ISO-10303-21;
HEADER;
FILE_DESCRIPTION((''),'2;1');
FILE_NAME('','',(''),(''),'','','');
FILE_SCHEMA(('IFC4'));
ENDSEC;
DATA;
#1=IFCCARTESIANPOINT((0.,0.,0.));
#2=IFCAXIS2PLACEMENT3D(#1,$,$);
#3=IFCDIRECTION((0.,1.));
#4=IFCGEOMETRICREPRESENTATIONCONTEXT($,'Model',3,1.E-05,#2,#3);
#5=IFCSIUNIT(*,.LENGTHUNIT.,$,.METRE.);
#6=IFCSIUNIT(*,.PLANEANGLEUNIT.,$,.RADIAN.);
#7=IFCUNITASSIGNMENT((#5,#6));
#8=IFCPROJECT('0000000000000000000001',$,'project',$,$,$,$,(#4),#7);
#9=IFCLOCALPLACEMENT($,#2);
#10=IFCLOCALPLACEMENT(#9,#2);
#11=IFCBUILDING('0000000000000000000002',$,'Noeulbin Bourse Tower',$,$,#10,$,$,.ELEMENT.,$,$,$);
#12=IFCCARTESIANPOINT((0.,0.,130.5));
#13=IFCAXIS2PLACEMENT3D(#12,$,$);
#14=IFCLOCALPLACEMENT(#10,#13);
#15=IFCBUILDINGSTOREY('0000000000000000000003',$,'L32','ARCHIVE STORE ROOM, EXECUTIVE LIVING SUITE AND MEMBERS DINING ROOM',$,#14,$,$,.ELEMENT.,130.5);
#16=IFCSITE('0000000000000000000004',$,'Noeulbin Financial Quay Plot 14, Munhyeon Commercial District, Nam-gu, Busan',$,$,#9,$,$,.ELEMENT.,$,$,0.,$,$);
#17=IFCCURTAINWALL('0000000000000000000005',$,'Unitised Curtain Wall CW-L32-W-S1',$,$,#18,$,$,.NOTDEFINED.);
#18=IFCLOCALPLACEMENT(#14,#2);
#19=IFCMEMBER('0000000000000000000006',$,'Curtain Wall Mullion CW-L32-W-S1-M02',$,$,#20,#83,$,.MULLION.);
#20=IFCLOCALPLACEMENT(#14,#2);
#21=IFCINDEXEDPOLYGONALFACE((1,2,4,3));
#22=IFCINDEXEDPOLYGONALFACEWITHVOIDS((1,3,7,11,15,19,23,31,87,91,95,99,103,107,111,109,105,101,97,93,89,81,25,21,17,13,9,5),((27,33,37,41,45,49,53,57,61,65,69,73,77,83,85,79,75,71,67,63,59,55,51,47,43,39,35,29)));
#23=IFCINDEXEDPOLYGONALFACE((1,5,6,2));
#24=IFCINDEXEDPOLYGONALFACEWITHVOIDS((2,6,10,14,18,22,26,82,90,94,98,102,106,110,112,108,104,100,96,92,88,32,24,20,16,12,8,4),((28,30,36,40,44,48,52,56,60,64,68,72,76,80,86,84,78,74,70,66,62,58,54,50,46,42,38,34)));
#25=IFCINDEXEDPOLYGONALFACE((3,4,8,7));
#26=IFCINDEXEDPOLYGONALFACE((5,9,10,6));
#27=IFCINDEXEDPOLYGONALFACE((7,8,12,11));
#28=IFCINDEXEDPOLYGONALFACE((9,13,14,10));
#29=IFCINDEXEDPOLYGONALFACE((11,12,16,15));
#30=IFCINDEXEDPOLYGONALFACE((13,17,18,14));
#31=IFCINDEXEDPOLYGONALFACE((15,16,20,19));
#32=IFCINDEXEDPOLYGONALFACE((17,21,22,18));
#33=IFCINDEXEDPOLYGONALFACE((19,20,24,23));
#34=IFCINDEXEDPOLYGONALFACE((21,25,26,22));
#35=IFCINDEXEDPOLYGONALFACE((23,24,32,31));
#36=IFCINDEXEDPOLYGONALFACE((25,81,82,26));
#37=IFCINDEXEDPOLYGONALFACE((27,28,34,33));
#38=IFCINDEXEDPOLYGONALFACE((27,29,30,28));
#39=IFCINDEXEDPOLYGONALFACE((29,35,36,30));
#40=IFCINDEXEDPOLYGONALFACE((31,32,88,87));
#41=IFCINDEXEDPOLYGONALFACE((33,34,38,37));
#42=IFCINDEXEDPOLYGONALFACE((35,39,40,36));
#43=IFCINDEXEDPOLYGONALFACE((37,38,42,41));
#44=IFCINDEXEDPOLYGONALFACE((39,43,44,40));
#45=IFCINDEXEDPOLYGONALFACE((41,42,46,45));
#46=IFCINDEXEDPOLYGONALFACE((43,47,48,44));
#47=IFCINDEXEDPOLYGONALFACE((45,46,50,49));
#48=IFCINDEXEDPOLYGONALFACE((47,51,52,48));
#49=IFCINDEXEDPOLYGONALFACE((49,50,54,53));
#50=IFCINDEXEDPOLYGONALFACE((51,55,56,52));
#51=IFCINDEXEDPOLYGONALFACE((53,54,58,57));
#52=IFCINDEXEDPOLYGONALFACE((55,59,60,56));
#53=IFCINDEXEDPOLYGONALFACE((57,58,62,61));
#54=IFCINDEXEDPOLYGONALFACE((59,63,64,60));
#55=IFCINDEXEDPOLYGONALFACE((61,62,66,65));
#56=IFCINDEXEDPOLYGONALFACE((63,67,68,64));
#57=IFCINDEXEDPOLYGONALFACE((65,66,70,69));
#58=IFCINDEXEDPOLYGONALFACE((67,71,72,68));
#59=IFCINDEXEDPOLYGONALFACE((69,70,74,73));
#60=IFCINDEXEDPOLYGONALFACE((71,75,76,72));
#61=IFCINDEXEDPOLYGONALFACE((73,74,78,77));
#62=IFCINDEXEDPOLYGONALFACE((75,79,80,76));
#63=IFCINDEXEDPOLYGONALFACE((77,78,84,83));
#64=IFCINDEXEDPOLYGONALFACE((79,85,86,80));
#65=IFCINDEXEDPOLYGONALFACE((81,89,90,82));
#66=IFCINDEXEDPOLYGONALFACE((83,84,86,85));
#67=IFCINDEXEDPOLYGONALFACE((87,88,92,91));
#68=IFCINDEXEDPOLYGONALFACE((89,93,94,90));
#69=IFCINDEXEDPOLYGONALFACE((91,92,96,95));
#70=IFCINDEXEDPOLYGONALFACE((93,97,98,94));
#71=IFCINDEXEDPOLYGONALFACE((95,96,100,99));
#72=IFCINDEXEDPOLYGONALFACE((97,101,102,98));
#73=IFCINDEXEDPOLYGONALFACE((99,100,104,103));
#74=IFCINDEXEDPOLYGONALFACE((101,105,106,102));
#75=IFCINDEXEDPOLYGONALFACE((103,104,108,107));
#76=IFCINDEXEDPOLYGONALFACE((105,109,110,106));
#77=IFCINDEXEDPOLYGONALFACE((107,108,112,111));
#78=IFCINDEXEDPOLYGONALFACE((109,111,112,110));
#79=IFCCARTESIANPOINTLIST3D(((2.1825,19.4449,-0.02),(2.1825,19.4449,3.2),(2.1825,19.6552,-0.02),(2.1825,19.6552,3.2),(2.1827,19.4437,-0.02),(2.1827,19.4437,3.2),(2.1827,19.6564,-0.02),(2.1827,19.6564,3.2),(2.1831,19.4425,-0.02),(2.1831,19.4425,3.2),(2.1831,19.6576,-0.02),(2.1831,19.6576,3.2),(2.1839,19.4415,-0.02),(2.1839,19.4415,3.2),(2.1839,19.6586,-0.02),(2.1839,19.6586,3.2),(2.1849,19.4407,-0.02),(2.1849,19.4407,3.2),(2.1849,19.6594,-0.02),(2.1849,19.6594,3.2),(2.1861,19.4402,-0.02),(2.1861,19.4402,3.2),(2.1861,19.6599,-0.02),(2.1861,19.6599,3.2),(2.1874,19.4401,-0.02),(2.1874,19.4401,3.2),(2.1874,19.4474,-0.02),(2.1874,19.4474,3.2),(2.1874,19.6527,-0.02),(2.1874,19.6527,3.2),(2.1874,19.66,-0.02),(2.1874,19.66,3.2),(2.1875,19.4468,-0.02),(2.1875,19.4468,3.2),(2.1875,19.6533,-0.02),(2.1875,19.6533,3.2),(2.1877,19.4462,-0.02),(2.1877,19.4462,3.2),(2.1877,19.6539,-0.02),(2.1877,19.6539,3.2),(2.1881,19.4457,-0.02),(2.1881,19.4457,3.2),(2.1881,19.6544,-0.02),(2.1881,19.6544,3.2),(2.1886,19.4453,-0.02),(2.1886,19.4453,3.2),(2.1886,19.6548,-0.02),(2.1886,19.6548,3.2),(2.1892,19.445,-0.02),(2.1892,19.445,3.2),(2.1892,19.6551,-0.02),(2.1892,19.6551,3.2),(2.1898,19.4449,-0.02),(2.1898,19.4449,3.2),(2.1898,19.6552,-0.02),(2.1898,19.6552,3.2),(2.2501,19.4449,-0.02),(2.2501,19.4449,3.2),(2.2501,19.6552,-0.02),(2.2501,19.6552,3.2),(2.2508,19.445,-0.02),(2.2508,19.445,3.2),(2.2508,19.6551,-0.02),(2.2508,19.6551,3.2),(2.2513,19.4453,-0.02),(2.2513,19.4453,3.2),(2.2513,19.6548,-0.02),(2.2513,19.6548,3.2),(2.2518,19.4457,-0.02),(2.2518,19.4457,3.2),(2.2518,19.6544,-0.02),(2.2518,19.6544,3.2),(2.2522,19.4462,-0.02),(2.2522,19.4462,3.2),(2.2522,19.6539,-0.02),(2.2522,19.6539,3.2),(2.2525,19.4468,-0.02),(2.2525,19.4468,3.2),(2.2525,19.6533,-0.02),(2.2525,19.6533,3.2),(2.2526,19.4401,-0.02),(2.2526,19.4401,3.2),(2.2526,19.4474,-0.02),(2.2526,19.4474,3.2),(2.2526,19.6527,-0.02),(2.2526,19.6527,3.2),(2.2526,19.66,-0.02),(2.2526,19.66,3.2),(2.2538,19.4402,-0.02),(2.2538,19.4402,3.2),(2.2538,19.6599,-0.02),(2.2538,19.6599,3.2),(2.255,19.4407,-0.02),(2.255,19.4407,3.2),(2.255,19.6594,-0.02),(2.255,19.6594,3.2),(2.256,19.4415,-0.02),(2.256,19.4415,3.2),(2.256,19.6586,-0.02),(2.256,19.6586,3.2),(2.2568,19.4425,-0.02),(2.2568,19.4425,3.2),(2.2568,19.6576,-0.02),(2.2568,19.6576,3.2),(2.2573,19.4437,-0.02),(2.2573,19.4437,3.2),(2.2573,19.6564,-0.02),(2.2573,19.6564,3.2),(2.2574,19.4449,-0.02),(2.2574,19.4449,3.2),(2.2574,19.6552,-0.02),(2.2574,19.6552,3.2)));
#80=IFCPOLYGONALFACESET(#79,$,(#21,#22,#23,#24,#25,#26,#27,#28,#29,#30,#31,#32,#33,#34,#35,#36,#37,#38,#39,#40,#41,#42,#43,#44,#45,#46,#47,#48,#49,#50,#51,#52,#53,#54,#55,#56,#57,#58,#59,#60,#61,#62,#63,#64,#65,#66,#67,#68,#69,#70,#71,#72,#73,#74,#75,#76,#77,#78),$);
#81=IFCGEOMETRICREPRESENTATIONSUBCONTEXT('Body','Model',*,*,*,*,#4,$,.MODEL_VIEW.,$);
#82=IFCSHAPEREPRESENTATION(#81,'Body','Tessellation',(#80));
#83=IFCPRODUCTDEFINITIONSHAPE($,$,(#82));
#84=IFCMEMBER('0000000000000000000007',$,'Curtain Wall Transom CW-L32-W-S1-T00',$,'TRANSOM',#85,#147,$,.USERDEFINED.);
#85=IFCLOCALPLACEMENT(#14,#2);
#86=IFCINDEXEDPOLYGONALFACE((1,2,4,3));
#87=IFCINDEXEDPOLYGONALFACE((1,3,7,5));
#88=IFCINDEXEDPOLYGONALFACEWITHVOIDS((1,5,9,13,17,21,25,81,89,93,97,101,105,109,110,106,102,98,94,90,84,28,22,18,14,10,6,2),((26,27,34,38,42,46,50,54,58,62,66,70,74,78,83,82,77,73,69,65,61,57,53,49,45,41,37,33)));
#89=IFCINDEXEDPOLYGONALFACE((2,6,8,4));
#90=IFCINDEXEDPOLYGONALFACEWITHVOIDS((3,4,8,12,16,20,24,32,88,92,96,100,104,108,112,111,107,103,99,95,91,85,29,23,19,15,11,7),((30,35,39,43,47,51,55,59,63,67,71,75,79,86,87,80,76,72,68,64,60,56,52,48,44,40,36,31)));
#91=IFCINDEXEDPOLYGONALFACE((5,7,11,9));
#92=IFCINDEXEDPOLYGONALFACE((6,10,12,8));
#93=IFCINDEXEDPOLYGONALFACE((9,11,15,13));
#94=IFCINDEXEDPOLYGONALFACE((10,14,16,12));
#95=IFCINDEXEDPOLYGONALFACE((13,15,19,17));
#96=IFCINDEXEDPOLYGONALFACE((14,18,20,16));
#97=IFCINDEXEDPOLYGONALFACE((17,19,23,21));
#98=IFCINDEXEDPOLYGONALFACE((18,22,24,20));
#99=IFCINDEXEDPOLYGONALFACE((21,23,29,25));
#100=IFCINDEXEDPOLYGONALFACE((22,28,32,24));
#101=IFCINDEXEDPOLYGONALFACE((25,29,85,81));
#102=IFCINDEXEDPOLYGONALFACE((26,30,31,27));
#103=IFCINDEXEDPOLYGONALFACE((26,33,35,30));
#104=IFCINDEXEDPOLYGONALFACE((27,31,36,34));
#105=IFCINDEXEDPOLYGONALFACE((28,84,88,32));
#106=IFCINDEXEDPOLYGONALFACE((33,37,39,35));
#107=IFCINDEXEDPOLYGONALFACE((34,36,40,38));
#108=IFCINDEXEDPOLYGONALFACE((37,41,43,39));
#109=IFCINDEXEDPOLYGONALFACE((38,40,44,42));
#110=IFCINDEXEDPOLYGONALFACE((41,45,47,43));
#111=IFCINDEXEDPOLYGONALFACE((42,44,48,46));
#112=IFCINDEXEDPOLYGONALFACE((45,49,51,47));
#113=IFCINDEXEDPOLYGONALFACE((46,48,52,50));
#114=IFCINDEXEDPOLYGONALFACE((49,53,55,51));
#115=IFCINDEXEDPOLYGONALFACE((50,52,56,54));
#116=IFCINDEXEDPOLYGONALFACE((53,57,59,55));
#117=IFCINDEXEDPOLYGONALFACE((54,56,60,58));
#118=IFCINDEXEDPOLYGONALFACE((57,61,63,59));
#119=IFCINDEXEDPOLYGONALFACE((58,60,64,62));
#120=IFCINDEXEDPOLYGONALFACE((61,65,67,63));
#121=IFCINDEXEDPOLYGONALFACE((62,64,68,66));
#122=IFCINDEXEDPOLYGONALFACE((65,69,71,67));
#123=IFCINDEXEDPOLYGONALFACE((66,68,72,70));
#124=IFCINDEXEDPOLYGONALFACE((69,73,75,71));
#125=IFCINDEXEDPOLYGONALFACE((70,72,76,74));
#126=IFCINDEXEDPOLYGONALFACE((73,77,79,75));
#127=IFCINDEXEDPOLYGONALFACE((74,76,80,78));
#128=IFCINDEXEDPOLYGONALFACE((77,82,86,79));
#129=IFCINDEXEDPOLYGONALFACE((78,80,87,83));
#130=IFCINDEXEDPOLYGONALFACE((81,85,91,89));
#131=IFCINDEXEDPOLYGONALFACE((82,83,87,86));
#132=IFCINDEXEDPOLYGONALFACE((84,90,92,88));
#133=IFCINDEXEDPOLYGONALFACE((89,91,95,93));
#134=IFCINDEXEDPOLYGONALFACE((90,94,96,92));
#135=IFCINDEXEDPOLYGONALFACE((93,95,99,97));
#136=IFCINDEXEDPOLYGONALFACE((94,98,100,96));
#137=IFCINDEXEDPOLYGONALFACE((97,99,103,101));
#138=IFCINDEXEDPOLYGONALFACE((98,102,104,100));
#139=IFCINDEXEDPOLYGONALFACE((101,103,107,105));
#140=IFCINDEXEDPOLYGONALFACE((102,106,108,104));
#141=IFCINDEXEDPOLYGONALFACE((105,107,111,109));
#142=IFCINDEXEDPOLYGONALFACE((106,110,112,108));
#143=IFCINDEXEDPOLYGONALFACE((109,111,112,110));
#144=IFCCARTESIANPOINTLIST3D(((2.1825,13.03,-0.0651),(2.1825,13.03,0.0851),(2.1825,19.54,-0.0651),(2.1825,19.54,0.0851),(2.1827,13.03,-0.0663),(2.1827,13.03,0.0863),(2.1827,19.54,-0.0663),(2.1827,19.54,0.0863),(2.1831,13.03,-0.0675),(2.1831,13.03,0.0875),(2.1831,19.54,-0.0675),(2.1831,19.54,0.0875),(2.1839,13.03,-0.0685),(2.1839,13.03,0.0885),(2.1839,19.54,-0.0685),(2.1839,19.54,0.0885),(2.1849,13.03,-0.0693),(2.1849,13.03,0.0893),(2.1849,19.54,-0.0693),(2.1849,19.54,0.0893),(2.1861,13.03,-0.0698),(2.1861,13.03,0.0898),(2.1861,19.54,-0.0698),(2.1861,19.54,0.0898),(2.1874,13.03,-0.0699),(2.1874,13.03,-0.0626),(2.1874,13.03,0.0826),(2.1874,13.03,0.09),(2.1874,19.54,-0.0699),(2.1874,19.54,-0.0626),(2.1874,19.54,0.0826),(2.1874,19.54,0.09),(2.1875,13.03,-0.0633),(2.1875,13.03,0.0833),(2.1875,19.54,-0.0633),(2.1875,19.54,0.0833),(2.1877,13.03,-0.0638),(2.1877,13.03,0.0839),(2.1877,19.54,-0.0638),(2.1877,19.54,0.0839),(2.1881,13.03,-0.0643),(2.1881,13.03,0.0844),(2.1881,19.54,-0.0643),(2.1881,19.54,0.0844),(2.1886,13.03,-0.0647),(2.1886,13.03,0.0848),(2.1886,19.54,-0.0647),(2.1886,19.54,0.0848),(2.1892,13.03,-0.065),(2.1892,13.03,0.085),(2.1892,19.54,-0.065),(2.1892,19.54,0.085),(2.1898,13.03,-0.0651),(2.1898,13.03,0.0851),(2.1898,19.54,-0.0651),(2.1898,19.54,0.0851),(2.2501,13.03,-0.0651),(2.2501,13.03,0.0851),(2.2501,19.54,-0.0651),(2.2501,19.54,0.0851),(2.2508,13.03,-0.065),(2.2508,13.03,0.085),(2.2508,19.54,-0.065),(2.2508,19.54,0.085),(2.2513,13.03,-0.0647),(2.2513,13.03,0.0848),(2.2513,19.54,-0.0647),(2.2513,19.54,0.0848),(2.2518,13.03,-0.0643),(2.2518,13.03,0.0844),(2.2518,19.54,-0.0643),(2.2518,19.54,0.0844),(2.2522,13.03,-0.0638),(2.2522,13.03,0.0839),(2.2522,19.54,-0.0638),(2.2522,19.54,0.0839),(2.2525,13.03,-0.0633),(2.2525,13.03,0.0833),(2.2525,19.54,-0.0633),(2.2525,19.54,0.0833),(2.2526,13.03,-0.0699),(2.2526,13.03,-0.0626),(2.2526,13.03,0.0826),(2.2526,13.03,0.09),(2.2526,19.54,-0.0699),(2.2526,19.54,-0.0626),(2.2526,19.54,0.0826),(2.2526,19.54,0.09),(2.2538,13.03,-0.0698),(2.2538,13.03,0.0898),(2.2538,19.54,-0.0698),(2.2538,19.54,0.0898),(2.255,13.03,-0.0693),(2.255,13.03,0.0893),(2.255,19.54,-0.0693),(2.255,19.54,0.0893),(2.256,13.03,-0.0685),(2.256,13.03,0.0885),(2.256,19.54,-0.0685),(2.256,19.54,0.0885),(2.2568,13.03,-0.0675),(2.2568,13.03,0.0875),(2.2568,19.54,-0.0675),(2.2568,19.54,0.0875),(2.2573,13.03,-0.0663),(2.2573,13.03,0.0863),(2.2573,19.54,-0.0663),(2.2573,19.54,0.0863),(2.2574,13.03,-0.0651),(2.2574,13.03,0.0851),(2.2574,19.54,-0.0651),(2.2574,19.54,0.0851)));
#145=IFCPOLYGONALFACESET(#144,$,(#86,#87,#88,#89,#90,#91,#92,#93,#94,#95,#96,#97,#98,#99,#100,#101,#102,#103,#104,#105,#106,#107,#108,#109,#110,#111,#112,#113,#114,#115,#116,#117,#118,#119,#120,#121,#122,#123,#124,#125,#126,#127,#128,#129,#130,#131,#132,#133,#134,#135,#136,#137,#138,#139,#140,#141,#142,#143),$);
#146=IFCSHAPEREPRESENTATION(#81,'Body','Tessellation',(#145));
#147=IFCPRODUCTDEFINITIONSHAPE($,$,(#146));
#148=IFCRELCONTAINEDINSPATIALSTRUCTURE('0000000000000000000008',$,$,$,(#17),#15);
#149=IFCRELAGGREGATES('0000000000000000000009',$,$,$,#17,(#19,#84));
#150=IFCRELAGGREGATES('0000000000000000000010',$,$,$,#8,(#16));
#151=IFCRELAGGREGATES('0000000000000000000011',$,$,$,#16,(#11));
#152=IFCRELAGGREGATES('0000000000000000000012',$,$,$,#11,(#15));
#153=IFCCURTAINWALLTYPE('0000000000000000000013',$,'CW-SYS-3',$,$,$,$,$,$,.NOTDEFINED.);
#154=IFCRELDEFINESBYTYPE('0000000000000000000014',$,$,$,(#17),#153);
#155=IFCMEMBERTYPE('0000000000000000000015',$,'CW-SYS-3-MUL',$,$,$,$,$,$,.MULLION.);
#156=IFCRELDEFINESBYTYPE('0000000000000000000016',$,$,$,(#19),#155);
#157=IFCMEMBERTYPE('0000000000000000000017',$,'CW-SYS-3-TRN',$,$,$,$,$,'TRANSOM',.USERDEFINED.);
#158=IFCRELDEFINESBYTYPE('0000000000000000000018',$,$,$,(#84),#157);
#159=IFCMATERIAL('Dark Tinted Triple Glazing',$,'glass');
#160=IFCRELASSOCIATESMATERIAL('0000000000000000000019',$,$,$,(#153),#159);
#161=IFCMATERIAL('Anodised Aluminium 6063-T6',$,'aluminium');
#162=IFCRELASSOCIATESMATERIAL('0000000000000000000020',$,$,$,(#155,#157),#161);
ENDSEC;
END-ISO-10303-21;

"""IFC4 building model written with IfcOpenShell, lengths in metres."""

from ifc_helpers import new_model, si_unit, direction, frame, origin, origin_2d, place, context, subcontext, project, spatial, hollow_rectangle, extrude, material, material_profile, profile_set, type_object, element, aggregate, save


model = new_model("IFC4")

# Units and contexts
model_context = context("Model", 3, precision=1e-05, world=origin(), true_north=direction((0.0, 1.0)))
body_context = subcontext(model_context, "Body", "Model", "MODEL_VIEW")
ifc_project = project(units=[si_unit("LENGTHUNIT", "METRE"), si_unit("PLANEANGLEUNIT", "RADIAN")], contexts=[model_context])

# Site, building, storey
site_placement = place(None, origin())
site = spatial("IfcSite", under=ifc_project, at=site_placement, Name="Noeulbin Financial Quay Plot 14, Munhyeon Commercial District, Nam-gu, Busan", CompositionType="ELEMENT", RefElevation=0.0)
building_placement = place(site_placement, origin())
building = spatial("IfcBuilding", under=site, at=building_placement, Name="Noeulbin Bourse Tower", CompositionType="ELEMENT")
storey_placement = place(building_placement, frame((0.0, 0.0, 130.5)))
storey = spatial("IfcBuildingStorey", under=building, at=storey_placement, Name="L32", Description="ARCHIVE STORE ROOM, EXECUTIVE LIVING SUITE AND MEMBERS DINING ROOM", CompositionType="ELEMENT", Elevation=130.5)

# Curtain wall, members
ifc_material_1 = material(Name="Dark Tinted Triple Glazing", Category="glass")
curtain_wall_type = type_object("IfcCurtainWallType", Name="CW-SYS-3", PredefinedType="NOTDEFINED", material=ifc_material_1)
curtain_wall_placement = place(storey_placement, origin())
curtain_wall = element("IfcCurtainWall", 1, at=curtain_wall_placement, inside=storey, type_object=curtain_wall_type, Name="Unitised Curtain Wall CW-L32-W-S1", PredefinedType="NOTDEFINED")
ifc_material_2 = material(Name="Anodised Aluminium 6063-T6", Category="aluminium")
ifc_material_profile_1 = material_profile(ifc_material_2, hollow_rectangle(XDim=0.075, YDim=0.22, WallThickness=0.0049, InnerFilletRadius=0.0024, OuterFilletRadius=0.0049, at=origin_2d()), Name="ALU-MULL-75x220x5", Category="LoadBearing")
ifc_profile_set_1 = profile_set([ifc_material_profile_1], Name="Anodised Aluminium 6063-T6")
member_type_1 = type_object("IfcMemberType", Name="CW-SYS-3-MUL", PredefinedType="MULLION", material=ifc_profile_set_1)
member_1_placement = place(storey_placement, frame((2.22, 19.55, -0.02), z_axis=(0.0, 0.0, 1.0), x_axis=(1.0, 0.0, 0.0)))
member_1 = element("IfcMember", 2, at=member_1_placement, type_object=member_type_1, Name="Curtain Wall Mullion CW-L32-W-S1-M02", PredefinedType="MULLION", context=body_context, shape_type="SweptSolid", body=[
    extrude(hollow_rectangle(XDim=0.075, YDim=0.22, WallThickness=0.0049, InnerFilletRadius=0.0024, OuterFilletRadius=0.0049, at=origin_2d()), origin(), (0.0, 0.0, 1.0), 3.22),
])
ifc_material_profile_2 = material_profile(ifc_material_2, hollow_rectangle(XDim=0.075, YDim=0.1599, WallThickness=0.0049, InnerFilletRadius=0.0024, OuterFilletRadius=0.0049, at=origin_2d()), Name="ALU-TRAN-75x160x5", Category="LoadBearing")
ifc_profile_set_2 = profile_set([ifc_material_profile_2], Name="Anodised Aluminium 6063-T6")
member_type_2 = type_object("IfcMemberType", Name="CW-SYS-3-TRN", ElementType="TRANSOM", PredefinedType="USERDEFINED", material=ifc_profile_set_2)
member_2_placement = place(storey_placement, frame((2.22, 13.03, 0.01), z_axis=(0.0, 1.0, 0.0), x_axis=(-1.0, 0.0, 0.0)))
member_2 = element("IfcMember", 3, at=member_2_placement, type_object=member_type_2, Name="Curtain Wall Transom CW-L32-W-S1-T00", ObjectType="TRANSOM", PredefinedType="USERDEFINED", context=body_context, shape_type="SweptSolid", body=[
    extrude(hollow_rectangle(XDim=0.075, YDim=0.1599, WallThickness=0.0049, InnerFilletRadius=0.0024, OuterFilletRadius=0.0049, at=origin_2d()), origin(), (0.0, 0.0, 1.0), 6.51),
])
aggregate(curtain_wall, [member_1, member_2])

save(model, "model.ifc")
